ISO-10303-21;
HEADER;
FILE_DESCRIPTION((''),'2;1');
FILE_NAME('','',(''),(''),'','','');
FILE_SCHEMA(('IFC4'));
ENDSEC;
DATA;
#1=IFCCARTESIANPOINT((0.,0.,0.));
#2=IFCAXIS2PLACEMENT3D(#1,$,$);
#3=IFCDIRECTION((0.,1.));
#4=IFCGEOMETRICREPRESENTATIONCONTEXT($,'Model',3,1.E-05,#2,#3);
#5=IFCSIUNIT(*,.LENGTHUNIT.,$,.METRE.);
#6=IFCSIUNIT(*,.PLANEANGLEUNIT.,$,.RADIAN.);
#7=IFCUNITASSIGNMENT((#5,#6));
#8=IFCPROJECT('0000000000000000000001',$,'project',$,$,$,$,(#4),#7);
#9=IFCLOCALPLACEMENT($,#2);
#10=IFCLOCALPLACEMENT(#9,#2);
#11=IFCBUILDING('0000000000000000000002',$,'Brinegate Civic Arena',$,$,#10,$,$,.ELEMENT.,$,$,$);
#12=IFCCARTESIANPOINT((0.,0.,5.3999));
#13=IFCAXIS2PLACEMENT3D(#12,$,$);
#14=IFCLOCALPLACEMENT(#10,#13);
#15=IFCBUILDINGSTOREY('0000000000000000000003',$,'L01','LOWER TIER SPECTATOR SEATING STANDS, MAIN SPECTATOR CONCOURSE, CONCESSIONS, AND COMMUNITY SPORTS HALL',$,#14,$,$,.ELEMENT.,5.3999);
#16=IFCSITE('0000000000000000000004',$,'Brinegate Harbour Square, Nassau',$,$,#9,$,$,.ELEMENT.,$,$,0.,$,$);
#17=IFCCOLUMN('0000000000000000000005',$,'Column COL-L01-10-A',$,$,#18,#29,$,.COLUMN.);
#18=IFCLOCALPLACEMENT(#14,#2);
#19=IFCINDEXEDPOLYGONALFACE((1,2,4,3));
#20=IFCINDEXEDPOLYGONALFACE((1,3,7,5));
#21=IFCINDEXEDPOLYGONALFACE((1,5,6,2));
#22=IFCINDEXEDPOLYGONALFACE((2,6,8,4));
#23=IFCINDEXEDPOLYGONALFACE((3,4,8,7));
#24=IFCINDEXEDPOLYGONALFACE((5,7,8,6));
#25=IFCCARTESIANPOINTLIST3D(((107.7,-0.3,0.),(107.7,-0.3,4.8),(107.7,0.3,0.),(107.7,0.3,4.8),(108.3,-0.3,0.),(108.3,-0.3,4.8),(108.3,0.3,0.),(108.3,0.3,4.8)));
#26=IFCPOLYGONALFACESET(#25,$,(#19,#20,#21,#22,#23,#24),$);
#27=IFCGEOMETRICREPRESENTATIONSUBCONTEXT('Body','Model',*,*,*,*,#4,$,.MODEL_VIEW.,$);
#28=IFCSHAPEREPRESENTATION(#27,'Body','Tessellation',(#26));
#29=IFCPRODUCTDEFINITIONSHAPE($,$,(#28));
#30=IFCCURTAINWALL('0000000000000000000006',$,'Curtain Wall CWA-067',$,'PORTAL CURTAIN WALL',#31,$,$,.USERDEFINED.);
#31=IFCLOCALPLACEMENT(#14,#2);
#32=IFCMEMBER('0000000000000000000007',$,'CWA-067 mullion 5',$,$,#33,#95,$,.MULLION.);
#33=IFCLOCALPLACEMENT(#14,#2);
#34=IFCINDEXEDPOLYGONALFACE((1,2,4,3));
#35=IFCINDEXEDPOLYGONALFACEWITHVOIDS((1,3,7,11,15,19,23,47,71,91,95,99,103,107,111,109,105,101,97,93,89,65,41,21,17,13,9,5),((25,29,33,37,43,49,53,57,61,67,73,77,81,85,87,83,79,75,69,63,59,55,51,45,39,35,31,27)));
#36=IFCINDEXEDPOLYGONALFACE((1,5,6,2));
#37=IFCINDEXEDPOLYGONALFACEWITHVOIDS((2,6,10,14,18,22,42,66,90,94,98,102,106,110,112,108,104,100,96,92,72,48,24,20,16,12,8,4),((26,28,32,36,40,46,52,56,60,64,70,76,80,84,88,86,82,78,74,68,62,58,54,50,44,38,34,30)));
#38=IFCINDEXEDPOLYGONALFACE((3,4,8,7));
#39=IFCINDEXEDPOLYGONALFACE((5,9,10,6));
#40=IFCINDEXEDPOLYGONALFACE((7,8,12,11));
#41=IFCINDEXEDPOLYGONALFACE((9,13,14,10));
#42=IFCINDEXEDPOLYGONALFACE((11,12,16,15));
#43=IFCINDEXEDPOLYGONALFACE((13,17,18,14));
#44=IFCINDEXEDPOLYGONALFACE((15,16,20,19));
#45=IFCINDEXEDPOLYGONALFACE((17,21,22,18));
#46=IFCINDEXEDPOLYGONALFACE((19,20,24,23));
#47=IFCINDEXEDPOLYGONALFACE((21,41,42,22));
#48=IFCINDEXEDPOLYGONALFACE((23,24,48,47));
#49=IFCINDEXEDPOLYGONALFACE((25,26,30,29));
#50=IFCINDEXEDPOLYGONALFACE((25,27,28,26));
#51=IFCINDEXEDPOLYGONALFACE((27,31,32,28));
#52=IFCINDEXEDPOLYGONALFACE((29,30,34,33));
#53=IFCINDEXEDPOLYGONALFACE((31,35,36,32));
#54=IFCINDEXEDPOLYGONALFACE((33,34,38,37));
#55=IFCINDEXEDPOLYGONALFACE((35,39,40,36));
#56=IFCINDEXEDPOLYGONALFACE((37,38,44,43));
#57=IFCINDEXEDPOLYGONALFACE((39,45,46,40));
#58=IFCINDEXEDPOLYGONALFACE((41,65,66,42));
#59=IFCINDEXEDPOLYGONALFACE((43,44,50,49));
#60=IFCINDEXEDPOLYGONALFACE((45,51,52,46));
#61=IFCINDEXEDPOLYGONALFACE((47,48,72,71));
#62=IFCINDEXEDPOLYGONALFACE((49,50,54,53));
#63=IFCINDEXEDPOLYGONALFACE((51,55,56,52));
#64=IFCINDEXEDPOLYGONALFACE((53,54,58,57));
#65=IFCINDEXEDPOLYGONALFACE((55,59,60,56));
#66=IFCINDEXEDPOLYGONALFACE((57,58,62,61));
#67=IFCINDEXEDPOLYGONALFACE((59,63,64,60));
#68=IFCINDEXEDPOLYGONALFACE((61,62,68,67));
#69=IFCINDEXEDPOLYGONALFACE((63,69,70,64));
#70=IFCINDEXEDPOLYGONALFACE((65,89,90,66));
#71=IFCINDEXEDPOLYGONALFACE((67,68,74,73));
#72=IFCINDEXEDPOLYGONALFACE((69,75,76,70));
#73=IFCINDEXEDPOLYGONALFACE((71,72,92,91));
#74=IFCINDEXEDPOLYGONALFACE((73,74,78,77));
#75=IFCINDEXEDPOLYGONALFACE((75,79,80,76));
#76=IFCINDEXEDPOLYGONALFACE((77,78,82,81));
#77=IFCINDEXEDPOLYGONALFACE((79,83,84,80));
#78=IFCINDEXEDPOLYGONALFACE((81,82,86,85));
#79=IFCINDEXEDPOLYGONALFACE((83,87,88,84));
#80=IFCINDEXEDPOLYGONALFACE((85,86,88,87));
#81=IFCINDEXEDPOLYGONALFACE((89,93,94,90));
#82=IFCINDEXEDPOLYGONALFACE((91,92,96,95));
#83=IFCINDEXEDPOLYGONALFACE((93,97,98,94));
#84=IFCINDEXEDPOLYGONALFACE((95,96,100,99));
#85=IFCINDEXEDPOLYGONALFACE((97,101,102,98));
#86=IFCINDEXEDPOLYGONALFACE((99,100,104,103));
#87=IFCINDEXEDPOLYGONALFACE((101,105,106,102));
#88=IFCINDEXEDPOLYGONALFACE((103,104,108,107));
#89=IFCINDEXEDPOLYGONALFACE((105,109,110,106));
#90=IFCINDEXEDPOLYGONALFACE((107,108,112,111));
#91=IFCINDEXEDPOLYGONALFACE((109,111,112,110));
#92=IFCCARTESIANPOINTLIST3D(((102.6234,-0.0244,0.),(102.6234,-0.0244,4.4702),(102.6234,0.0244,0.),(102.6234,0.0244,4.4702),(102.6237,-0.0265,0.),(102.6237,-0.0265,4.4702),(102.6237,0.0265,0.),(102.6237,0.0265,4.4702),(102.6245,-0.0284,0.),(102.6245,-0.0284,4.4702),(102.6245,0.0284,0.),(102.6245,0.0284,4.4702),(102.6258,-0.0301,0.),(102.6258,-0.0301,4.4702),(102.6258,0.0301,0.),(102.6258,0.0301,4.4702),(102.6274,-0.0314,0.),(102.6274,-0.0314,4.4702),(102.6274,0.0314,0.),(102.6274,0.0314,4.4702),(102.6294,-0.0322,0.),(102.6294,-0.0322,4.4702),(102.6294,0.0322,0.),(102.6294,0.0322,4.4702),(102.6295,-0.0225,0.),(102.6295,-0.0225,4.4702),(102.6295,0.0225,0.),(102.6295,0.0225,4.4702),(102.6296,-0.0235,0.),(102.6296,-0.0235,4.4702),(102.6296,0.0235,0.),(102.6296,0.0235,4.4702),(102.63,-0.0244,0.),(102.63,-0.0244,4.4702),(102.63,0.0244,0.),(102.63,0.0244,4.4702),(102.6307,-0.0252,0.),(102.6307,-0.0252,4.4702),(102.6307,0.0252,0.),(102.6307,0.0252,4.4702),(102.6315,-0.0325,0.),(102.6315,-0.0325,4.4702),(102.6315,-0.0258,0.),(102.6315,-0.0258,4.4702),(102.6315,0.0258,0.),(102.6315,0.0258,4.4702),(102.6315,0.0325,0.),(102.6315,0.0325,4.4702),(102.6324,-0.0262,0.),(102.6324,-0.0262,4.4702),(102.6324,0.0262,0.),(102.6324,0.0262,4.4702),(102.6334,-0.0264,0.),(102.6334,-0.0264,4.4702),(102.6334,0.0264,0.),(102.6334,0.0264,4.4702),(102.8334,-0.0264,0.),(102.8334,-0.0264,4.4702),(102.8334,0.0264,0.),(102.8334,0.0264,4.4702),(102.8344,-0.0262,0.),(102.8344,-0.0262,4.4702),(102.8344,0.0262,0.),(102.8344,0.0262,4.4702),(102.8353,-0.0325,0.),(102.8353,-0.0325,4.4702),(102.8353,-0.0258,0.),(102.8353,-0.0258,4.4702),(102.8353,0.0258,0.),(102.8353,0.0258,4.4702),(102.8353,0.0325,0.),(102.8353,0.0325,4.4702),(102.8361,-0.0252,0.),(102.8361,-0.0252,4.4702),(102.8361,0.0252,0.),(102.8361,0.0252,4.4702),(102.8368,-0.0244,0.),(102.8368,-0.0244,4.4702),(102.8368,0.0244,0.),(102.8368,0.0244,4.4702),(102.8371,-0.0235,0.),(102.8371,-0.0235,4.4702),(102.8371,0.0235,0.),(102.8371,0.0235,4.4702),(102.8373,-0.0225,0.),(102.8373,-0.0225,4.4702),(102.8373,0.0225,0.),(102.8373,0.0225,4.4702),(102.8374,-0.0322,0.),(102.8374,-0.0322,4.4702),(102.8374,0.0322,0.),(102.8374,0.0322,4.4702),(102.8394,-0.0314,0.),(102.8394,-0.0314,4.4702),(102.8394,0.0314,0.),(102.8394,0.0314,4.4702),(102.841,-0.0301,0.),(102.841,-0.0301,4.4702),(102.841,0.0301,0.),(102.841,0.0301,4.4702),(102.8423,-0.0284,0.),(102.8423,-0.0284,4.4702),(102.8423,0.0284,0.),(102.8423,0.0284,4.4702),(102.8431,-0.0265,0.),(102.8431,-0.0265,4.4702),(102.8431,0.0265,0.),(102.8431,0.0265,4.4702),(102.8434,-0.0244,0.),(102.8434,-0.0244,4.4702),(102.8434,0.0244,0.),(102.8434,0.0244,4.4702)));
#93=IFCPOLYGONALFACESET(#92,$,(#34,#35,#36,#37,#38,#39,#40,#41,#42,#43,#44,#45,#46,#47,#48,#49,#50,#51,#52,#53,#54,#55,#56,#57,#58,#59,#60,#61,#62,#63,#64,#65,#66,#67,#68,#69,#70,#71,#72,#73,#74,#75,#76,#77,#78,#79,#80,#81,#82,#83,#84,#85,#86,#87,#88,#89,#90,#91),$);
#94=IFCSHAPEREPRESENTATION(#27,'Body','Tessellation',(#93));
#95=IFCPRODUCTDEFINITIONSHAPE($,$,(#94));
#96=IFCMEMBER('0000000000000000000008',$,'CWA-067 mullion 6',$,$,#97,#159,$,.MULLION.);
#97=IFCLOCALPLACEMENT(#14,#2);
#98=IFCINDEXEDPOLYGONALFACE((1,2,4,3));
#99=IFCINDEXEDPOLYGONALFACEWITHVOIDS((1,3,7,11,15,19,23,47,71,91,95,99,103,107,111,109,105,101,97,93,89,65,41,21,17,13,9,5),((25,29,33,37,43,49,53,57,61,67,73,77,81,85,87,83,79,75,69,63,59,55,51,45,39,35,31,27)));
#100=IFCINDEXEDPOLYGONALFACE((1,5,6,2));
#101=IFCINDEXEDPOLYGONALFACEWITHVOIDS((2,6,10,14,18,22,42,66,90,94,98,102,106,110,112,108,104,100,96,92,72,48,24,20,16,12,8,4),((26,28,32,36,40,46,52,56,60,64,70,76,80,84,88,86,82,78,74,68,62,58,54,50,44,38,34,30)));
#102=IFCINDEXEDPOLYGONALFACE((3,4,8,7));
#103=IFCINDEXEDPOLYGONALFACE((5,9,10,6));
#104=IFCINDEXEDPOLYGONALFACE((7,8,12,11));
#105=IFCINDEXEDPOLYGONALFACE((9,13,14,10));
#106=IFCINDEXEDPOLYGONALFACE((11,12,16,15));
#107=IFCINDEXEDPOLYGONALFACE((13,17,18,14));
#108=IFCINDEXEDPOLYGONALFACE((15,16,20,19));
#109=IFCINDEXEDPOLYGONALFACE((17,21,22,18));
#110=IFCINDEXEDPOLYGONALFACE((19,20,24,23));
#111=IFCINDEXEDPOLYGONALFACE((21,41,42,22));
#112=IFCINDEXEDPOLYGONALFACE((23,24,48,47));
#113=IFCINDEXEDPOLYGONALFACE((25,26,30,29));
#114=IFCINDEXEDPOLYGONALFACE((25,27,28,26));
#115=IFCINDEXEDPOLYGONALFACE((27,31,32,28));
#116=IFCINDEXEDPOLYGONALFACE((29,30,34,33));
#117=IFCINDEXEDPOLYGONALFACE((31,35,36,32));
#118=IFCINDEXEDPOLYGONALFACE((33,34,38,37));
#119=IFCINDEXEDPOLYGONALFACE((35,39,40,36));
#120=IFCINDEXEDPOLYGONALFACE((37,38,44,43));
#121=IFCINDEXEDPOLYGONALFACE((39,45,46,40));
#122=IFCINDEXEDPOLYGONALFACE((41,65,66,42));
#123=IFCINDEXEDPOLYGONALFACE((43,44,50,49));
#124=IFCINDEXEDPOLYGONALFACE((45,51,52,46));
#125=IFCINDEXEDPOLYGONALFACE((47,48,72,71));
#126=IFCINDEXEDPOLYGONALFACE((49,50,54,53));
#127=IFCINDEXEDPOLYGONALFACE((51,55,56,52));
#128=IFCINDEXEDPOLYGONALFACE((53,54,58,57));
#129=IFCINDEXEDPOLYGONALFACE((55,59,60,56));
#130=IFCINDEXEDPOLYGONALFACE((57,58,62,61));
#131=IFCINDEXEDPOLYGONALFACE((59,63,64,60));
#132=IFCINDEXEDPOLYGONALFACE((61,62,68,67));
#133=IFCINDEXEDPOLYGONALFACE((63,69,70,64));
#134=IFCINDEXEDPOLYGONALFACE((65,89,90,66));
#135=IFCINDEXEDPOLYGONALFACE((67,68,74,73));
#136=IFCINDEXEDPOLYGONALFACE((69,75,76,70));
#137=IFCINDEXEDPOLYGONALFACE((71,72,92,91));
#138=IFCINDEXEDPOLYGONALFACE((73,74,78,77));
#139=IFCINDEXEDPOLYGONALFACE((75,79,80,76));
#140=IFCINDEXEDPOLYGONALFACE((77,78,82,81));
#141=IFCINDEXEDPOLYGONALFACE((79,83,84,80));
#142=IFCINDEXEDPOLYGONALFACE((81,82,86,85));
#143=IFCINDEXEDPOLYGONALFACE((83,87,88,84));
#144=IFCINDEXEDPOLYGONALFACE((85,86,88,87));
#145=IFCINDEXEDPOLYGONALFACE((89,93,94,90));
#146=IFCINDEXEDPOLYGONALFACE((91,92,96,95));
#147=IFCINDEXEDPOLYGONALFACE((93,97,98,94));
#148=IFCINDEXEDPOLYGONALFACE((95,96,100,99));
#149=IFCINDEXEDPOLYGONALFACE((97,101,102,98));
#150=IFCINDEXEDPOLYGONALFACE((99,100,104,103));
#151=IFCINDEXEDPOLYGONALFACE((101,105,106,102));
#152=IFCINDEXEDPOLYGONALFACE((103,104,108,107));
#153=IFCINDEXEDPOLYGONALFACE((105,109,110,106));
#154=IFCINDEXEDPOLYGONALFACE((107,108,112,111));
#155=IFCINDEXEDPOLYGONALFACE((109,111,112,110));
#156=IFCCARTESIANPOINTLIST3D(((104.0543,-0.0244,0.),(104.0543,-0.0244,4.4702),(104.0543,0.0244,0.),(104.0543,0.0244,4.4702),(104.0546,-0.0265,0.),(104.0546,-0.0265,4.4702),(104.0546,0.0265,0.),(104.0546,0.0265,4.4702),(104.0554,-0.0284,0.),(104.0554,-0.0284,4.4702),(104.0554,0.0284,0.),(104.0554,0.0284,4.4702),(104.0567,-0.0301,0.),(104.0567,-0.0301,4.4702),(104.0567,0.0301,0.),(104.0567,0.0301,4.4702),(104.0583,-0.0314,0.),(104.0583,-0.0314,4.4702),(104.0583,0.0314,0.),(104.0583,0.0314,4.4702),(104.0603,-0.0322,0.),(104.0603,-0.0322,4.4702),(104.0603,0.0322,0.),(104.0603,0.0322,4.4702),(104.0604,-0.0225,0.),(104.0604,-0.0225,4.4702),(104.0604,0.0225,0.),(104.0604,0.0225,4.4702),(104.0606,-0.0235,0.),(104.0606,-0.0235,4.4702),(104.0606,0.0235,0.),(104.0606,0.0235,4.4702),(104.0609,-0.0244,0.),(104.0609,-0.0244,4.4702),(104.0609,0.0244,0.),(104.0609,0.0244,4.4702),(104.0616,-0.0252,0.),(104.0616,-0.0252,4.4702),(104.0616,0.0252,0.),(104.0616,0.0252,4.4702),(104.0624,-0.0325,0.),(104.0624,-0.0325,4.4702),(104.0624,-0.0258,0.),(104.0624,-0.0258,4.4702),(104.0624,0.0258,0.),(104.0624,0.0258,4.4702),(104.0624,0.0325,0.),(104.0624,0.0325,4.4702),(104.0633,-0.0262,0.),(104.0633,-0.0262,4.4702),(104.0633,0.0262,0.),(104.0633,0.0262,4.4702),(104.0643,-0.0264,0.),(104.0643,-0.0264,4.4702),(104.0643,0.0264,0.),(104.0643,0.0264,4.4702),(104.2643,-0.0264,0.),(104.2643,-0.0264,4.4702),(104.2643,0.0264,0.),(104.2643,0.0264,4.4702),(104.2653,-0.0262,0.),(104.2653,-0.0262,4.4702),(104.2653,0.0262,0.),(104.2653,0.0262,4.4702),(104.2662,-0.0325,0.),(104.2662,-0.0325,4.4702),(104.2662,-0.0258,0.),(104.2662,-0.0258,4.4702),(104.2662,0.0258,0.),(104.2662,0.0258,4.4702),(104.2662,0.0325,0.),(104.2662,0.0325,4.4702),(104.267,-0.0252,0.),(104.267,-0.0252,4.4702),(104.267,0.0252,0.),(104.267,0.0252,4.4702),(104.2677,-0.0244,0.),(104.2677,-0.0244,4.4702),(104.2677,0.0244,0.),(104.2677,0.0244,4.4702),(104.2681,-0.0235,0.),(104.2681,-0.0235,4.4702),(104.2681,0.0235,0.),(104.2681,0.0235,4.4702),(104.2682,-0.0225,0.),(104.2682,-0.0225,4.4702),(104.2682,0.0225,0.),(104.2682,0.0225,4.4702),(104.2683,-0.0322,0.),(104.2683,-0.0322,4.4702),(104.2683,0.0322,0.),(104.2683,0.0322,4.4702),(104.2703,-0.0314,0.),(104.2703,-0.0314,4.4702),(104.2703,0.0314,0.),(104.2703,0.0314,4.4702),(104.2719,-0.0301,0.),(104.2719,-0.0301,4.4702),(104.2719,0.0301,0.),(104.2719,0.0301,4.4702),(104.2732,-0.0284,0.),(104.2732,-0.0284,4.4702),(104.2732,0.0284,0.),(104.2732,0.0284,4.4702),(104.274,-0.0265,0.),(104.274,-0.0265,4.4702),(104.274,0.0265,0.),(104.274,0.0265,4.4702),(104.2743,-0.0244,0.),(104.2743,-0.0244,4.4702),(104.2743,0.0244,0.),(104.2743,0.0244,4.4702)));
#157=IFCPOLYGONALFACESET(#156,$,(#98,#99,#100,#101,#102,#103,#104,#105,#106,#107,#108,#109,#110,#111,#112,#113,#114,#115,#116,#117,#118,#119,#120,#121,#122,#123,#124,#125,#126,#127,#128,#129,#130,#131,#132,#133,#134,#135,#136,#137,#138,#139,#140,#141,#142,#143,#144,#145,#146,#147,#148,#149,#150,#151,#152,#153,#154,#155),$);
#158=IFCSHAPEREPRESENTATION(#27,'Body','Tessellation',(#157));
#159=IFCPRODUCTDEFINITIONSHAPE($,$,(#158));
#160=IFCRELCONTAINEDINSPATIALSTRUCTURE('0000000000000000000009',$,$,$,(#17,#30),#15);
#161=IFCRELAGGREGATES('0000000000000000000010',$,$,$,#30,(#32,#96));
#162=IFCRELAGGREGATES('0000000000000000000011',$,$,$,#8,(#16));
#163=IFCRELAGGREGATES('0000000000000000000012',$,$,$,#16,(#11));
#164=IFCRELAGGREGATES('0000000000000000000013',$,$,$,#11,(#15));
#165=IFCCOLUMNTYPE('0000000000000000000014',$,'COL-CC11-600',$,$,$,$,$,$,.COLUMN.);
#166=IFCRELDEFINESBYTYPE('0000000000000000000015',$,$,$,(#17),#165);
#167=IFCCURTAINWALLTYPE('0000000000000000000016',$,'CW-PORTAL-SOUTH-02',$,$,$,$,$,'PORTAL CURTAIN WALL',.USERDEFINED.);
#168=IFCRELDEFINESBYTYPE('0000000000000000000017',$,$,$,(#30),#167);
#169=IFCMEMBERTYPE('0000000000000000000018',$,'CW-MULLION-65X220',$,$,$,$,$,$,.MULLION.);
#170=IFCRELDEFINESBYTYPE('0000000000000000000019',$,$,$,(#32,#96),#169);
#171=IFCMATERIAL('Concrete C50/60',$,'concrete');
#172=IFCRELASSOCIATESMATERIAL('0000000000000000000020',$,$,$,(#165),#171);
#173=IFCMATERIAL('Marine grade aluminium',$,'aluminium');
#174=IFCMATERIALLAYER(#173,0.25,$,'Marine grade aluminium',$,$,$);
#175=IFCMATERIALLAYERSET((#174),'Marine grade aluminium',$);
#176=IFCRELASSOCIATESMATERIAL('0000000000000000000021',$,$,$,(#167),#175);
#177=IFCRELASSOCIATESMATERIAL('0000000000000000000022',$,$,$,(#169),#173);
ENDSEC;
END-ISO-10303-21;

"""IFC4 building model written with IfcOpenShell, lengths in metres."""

from ifc_helpers import new_model, si_unit, direction, frame, origin, origin_2d, place, context, subcontext, project, spatial, rectangle, hollow_rectangle, extrude, material, layer, layer_set, material_profile, profile_set, type_object, element, aggregate, save


model = new_model("IFC4")

# Units and contexts
model_context = context("Model", 3, precision=1e-05, world=origin(), true_north=direction((0.0, 1.0)))
body_context = subcontext(model_context, "Body", "Model", "MODEL_VIEW")
ifc_project = project(units=[si_unit("LENGTHUNIT", "METRE"), si_unit("PLANEANGLEUNIT", "RADIAN")], contexts=[model_context])

# Site, building, storey
site_placement = place(None, origin())
site = spatial("IfcSite", under=ifc_project, at=site_placement, Name="Brinegate Harbour Square, Nassau", CompositionType="ELEMENT", RefElevation=0.0)
building_placement = place(site_placement, origin())
building = spatial("IfcBuilding", under=site, at=building_placement, Name="Brinegate Civic Arena", CompositionType="ELEMENT")
storey_placement = place(building_placement, frame((0.0, 0.0, 5.3999)))
storey = spatial("IfcBuildingStorey", under=building, at=storey_placement, Name="L01", Description="LOWER TIER SPECTATOR SEATING STANDS, MAIN SPECTATOR CONCOURSE, CONCESSIONS, AND COMMUNITY SPORTS HALL", CompositionType="ELEMENT", Elevation=5.3999)

# Column
ifc_material_1 = material(Name="Concrete C50/60", Category="concrete")
ifc_material_profile_1 = material_profile(ifc_material_1, rectangle(XDim=0.6001, YDim=0.6001, at=origin_2d()), Name="RC600X600")
ifc_profile_set_1 = profile_set([ifc_material_profile_1], Name="Concrete C50/60")
column_type = type_object("IfcColumnType", Name="COL-CC11-600", PredefinedType="COLUMN", material=ifc_profile_set_1)
column_placement = place(storey_placement, frame((108.0, 0.0, 0.0), z_axis=(0.0, 0.0, 1.0), x_axis=(1.0, 0.0, 0.0)))
element("IfcColumn", 1, at=column_placement, inside=storey, type_object=column_type, Name="Column COL-L01-10-A", PredefinedType="COLUMN", context=body_context, shape_type="SweptSolid", body=[
    extrude(rectangle(XDim=0.6001, YDim=0.6001, at=origin_2d()), origin(), (0.0, 0.0, 1.0), 4.8),
])

# Curtain wall, members
ifc_material_2 = material(Name="Marine grade aluminium", Category="aluminium")
ifc_layer_1 = layer(ifc_material_2, 0.25, Name="Marine grade aluminium")
ifc_layer_set_1 = layer_set([ifc_layer_1], Name="Marine grade aluminium")
curtain_wall_type = type_object("IfcCurtainWallType", Name="CW-PORTAL-SOUTH-02", ElementType="PORTAL CURTAIN WALL", PredefinedType="USERDEFINED", material=ifc_layer_set_1)
curtain_wall_placement = place(storey_placement, origin())
curtain_wall = element("IfcCurtainWall", 2, at=curtain_wall_placement, inside=storey, type_object=curtain_wall_type, Name="Curtain Wall CWA-067", ObjectType="PORTAL CURTAIN WALL", PredefinedType="USERDEFINED")
ifc_material_profile_2 = material_profile(ifc_material_2, hollow_rectangle(XDim=0.0649, YDim=0.22, WallThickness=0.0061, InnerFilletRadius=0.0039, OuterFilletRadius=0.0081, at=origin_2d()), Name="MUL65X220")
ifc_profile_set_2 = profile_set([ifc_material_profile_2], Name="Marine grade aluminium")
member_type_1 = type_object("IfcMemberType", Name="CW-MULLION-65X220", PredefinedType="MULLION", material=ifc_profile_set_2)
member_1_placement = place(storey_placement, frame((102.7334, 0.0, 0.0), z_axis=(0.0, 0.0, 1.0), x_axis=(0.0, 1.0, 0.0)))
member_1 = element("IfcMember", 3, at=member_1_placement, type_object=member_type_1, Name="CWA-067 mullion 5", PredefinedType="MULLION", context=body_context, shape_type="SweptSolid", body=[
    extrude(hollow_rectangle(XDim=0.0649, YDim=0.22, WallThickness=0.0061, InnerFilletRadius=0.0039, OuterFilletRadius=0.0081, at=origin_2d()), origin(), (0.0, 0.0, 1.0), 4.4702),
])
member_2_placement = place(storey_placement, frame((104.1643, 0.0, 0.0), z_axis=(0.0, 0.0, 1.0), x_axis=(0.0, 1.0, 0.0)))
member_2 = element("IfcMember", 4, at=member_2_placement, type_object=member_type_1, Name="CWA-067 mullion 6", PredefinedType="MULLION", context=body_context, shape_type="SweptSolid", body=[
    extrude(hollow_rectangle(XDim=0.0649, YDim=0.22, WallThickness=0.0061, InnerFilletRadius=0.0039, OuterFilletRadius=0.0081, at=origin_2d()), origin(), (0.0, 0.0, 1.0), 4.4702),
])
aggregate(curtain_wall, [member_1, member_2])

save(model, "model.ifc")
